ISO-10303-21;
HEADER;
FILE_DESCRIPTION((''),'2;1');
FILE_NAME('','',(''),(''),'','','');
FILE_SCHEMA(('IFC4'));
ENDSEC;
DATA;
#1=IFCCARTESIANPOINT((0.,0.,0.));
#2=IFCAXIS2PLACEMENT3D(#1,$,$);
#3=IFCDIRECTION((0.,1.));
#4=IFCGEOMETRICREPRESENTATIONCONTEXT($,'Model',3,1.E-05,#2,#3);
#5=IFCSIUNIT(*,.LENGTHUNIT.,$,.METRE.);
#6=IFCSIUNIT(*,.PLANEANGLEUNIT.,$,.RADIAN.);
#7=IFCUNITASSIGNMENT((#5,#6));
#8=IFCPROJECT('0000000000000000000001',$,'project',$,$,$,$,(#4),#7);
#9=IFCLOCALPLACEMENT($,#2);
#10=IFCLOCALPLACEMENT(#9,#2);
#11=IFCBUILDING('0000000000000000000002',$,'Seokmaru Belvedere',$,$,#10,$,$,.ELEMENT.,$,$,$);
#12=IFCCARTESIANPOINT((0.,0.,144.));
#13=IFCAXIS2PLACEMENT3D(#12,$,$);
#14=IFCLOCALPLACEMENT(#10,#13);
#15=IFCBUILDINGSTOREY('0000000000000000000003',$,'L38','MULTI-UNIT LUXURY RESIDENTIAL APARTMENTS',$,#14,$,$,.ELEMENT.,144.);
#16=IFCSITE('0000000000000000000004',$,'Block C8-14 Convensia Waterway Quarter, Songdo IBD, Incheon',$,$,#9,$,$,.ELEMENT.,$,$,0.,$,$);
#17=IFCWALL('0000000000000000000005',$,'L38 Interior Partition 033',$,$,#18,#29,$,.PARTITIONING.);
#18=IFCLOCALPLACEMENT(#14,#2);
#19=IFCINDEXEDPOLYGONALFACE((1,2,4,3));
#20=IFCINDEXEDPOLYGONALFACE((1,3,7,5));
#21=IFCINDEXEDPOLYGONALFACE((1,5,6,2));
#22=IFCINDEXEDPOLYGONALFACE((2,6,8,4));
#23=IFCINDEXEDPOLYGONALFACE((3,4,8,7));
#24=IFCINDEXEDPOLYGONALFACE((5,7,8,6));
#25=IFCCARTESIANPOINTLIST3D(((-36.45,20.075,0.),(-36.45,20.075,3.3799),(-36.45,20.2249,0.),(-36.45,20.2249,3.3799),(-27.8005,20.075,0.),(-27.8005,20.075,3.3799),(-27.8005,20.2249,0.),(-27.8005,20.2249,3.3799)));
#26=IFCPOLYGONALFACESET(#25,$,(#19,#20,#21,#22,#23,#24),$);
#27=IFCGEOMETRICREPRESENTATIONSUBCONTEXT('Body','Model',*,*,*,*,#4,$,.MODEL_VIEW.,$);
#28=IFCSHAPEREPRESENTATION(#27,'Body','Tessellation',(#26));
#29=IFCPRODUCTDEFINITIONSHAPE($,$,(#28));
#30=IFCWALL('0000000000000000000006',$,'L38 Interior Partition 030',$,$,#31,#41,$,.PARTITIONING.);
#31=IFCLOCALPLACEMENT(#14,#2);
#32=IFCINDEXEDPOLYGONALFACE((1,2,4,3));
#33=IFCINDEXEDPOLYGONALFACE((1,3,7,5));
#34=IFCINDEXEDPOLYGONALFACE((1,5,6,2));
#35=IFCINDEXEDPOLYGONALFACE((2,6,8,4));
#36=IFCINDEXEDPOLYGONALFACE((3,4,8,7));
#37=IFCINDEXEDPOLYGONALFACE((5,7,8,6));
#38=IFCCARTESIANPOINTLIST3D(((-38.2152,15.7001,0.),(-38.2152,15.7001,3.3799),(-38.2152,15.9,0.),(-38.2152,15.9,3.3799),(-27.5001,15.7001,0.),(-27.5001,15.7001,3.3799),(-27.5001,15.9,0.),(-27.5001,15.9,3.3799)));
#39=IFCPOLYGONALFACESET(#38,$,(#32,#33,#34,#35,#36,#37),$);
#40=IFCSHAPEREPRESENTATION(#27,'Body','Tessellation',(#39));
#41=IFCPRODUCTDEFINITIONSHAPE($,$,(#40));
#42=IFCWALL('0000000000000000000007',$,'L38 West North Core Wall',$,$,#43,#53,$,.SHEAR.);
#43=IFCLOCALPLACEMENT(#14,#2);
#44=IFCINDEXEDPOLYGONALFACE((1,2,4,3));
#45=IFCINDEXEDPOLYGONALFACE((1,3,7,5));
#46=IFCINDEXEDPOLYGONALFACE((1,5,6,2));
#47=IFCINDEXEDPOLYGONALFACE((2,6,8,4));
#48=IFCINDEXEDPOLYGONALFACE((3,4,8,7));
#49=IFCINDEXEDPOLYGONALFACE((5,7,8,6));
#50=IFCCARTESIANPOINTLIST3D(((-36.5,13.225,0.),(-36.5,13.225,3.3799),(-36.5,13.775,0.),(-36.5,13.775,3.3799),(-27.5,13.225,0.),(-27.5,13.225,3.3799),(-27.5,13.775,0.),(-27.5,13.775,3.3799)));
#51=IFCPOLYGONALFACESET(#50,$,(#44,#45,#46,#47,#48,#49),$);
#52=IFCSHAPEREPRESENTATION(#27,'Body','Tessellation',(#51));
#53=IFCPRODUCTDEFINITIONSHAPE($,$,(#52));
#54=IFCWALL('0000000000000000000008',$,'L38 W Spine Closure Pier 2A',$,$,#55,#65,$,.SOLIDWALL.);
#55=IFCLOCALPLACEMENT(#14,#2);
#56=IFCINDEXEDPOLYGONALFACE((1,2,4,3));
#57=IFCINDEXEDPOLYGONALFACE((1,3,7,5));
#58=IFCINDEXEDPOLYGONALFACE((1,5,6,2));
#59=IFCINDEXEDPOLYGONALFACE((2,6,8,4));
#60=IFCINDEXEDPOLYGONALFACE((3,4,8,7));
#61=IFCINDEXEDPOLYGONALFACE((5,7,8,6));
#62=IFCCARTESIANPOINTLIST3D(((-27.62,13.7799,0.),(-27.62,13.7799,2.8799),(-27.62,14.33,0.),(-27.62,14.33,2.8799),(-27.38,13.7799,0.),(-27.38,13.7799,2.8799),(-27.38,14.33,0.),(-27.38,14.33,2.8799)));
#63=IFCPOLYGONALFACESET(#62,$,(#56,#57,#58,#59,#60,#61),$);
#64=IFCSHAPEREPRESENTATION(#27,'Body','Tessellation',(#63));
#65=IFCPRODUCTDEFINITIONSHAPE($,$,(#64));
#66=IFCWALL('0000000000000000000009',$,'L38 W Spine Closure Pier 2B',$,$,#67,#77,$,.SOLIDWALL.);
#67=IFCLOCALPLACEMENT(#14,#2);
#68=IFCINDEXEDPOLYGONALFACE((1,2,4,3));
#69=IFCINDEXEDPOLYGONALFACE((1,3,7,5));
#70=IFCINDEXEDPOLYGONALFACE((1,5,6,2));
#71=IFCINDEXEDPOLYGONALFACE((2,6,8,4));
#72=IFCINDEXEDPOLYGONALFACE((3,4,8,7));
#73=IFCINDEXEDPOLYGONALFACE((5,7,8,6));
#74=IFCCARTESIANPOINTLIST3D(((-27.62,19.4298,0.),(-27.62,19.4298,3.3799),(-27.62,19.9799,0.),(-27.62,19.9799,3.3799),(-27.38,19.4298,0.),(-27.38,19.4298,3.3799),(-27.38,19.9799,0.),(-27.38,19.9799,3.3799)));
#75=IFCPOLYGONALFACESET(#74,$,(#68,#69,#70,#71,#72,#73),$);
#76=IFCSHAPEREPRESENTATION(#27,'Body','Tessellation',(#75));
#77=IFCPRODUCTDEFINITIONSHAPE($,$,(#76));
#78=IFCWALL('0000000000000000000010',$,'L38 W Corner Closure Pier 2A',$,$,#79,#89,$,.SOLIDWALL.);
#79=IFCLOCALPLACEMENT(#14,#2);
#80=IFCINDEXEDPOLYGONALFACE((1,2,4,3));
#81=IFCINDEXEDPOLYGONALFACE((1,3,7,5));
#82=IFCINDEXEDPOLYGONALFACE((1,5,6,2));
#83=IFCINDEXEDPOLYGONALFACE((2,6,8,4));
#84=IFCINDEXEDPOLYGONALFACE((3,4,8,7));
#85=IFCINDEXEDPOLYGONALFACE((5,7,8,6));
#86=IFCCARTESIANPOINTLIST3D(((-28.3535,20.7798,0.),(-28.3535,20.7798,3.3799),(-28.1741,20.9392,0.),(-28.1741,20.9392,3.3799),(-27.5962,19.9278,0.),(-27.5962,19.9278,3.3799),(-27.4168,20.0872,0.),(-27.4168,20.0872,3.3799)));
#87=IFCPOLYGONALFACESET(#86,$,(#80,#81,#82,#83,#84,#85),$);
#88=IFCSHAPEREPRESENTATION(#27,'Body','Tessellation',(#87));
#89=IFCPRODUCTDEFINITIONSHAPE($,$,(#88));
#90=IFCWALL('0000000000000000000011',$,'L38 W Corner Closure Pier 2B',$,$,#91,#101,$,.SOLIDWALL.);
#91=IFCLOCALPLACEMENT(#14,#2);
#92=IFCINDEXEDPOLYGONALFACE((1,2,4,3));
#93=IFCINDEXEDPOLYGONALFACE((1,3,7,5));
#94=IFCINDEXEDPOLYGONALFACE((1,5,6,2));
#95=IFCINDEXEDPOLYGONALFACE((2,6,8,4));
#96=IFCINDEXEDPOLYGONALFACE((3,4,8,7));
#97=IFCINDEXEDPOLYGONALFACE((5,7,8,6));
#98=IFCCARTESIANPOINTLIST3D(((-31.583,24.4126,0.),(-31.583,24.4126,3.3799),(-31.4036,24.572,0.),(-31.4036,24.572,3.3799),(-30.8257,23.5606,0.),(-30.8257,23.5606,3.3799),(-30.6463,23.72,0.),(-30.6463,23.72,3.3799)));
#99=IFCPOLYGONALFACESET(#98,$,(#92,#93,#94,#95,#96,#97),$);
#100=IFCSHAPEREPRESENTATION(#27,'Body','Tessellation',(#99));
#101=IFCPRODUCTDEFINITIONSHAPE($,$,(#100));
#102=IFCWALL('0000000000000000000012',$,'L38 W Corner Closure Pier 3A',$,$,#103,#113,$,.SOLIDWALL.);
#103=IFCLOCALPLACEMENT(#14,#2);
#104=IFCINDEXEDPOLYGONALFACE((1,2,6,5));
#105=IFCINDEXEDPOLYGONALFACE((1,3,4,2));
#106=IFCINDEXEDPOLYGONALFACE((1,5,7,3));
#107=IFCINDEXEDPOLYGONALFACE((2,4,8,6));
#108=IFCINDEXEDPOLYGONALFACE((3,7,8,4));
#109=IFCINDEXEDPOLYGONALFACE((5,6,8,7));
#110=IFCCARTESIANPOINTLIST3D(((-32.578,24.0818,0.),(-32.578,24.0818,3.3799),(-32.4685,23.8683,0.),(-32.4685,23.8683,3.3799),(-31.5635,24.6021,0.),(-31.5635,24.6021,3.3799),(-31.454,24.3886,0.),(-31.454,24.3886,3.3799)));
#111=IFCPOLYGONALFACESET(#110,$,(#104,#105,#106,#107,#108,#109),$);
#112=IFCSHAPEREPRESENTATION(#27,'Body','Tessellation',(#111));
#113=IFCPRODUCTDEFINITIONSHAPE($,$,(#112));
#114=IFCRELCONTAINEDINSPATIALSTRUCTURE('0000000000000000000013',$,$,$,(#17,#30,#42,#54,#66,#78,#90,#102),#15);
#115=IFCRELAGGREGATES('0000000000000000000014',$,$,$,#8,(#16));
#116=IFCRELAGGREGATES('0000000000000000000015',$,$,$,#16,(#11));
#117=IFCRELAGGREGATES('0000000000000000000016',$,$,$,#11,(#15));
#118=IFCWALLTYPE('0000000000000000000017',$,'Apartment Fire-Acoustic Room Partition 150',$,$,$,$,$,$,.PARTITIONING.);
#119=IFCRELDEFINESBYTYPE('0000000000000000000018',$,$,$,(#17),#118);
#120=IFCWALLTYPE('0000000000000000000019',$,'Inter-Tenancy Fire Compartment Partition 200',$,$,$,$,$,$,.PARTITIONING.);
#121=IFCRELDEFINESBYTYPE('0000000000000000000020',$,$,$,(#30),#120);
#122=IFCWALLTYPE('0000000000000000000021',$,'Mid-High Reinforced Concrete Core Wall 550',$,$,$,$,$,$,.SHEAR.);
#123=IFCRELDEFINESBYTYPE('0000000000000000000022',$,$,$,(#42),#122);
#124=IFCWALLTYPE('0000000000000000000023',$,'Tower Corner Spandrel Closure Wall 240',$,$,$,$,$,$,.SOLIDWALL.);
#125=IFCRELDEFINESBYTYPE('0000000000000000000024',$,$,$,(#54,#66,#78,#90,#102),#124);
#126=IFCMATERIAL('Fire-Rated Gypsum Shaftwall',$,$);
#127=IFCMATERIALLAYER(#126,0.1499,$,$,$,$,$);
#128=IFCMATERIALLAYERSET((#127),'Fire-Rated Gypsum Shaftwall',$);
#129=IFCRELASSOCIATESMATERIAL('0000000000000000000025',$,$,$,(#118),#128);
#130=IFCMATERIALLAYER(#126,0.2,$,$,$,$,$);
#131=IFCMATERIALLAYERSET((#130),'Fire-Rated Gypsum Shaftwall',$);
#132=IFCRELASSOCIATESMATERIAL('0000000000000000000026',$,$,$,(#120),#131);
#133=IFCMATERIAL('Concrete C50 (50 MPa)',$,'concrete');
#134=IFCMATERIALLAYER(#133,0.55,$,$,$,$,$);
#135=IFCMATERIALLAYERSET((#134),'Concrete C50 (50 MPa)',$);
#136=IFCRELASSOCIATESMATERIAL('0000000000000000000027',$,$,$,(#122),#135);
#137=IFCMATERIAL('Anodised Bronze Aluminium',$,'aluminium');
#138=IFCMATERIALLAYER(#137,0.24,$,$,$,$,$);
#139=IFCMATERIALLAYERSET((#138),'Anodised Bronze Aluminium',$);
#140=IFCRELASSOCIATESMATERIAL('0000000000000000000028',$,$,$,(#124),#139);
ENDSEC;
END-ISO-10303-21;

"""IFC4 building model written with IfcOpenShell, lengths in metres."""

from ifc_helpers import new_model, si_unit, direction, frame, frame_2d, origin, place, context, subcontext, project, spatial, rectangle, extrude, material, layer, layer_set, type_object, element, save


model = new_model("IFC4")

# Units and contexts
model_context = context("Model", 3, precision=1e-05, world=origin(), true_north=direction((0.0, 1.0)))
body_context = subcontext(model_context, "Body", "Model", "MODEL_VIEW")
ifc_project = project(units=[si_unit("LENGTHUNIT", "METRE"), si_unit("PLANEANGLEUNIT", "RADIAN")], contexts=[model_context])

# Site, building, storey
site_placement = place(None, origin())
site = spatial("IfcSite", under=ifc_project, at=site_placement, Name="Block C8-14 Convensia Waterway Quarter, Songdo IBD, Incheon", CompositionType="ELEMENT", RefElevation=0.0)
building_placement = place(site_placement, origin())
building = spatial("IfcBuilding", under=site, at=building_placement, Name="Seokmaru Belvedere", CompositionType="ELEMENT")
storey_placement = place(building_placement, frame((0.0, 0.0, 144.0)))
storey = spatial("IfcBuildingStorey", under=building, at=storey_placement, Name="L38", Description="MULTI-UNIT LUXURY RESIDENTIAL APARTMENTS", CompositionType="ELEMENT", Elevation=144.0)

# Shared definitions
ifc_material_1 = material(Name="Anodised Bronze Aluminium", Category="aluminium")

# Walls
ifc_material_2 = material(Name="Fire-Rated Gypsum Shaftwall")
ifc_layer_1 = layer(ifc_material_2, 0.1499)
ifc_layer_set_1 = layer_set([ifc_layer_1], Name="Fire-Rated Gypsum Shaftwall")
wall_type_1 = type_object("IfcWallType", Name="Apartment Fire-Acoustic Room Partition 150", PredefinedType="PARTITIONING", material=ifc_layer_set_1)
wall_1_placement = place(storey_placement, frame((-36.45, 20.1499, 0.0), z_axis=(0.0, 0.0, 1.0), x_axis=(1.0, 0.0, 0.0)))
element("IfcWall", 1, at=wall_1_placement, inside=storey, type_object=wall_type_1, Name="L38 Interior Partition 033", PredefinedType="PARTITIONING", context=body_context, shape_type="SweptSolid", body=[
    extrude(rectangle(XDim=8.6494, YDim=0.1499, at=frame_2d((4.3247, 0.0))), origin(), (0.0, 0.0, 1.0), 3.3799),
])
ifc_layer_2 = layer(ifc_material_2, 0.2)
ifc_layer_set_2 = layer_set([ifc_layer_2], Name="Fire-Rated Gypsum Shaftwall")
wall_type_2 = type_object("IfcWallType", Name="Inter-Tenancy Fire Compartment Partition 200", PredefinedType="PARTITIONING", material=ifc_layer_set_2)
wall_2_placement = place(storey_placement, frame((-38.2151, 15.8, 0.0), z_axis=(0.0, 0.0, 1.0), x_axis=(1.0, 0.0, 0.0)))
element("IfcWall", 2, at=wall_2_placement, inside=storey, type_object=wall_type_2, Name="L38 Interior Partition 030", PredefinedType="PARTITIONING", context=body_context, shape_type="SweptSolid", body=[
    extrude(rectangle(XDim=10.7151, YDim=0.2, at=frame_2d((5.3574, 0.0))), origin(), (0.0, 0.0, 1.0), 3.3799),
])
ifc_material_3 = material(Name="Concrete C50 (50 MPa)", Category="concrete")
ifc_layer_3 = layer(ifc_material_3, 0.55)
ifc_layer_set_3 = layer_set([ifc_layer_3], Name="Concrete C50 (50 MPa)")
wall_type_3 = type_object("IfcWallType", Name="Mid-High Reinforced Concrete Core Wall 550", PredefinedType="SHEAR", material=ifc_layer_set_3)
wall_3_placement = place(storey_placement, frame((-36.5, 13.5, 0.0), z_axis=(0.0, 0.0, 1.0), x_axis=(1.0, 0.0, 0.0)))
element("IfcWall", 3, at=wall_3_placement, inside=storey, type_object=wall_type_3, Name="L38 West North Core Wall", PredefinedType="SHEAR", context=body_context, shape_type="SweptSolid", body=[
    extrude(rectangle(XDim=9.0, YDim=0.55, at=frame_2d((4.5, 0.0))), origin(), (0.0, 0.0, 1.0), 3.3799),
])

# Walls
ifc_layer_4 = layer(ifc_material_1, 0.24)
ifc_layer_set_4 = layer_set([ifc_layer_4], Name="Anodised Bronze Aluminium")
wall_type_4 = type_object("IfcWallType", Name="Tower Corner Spandrel Closure Wall 240", PredefinedType="SOLIDWALL", material=ifc_layer_set_4)
wall_4_placement = place(storey_placement, frame((-27.5, 13.78, 0.0), z_axis=(0.0, 0.0, 1.0), x_axis=(0.0, 1.0, 0.0)))
element("IfcWall", 4, at=wall_4_placement, inside=storey, type_object=wall_type_4, Name="L38 W Spine Closure Pier 2A", PredefinedType="SOLIDWALL", context=body_context, shape_type="SweptSolid", body=[
    extrude(rectangle(XDim=0.55, YDim=0.24, at=frame_2d((0.2749, 0.0))), origin(), (0.0, 0.0, 1.0), 2.8799),
])
wall_5_placement = place(storey_placement, frame((-27.5, 19.4299, 0.0), z_axis=(0.0, 0.0, 1.0), x_axis=(0.0, 1.0, 0.0)))
element("IfcWall", 5, at=wall_5_placement, inside=storey, type_object=wall_type_4, Name="L38 W Spine Closure Pier 2B", PredefinedType="SOLIDWALL", context=body_context, shape_type="SweptSolid", body=[
    extrude(rectangle(XDim=0.55, YDim=0.24, at=frame_2d((0.2749, 0.0))), origin(), (0.0, 0.0, 1.0), 3.3799),
])
for number, where, z_axis, x_axis, name in (
    (6, (-27.5066, 20.0076, 0.0), (0.0, 0.0, 1.0), (-0.664337, 0.747433, 0.0), "L38 W Corner Closure Pier 2A"),
    (7, (-30.7361, 23.6404, 0.0), (0.0, 0.0, 1.0), (-0.664337, 0.747433, 0.0), "L38 W Corner Closure Pier 2B"),
):
    element("IfcWall", number, at=place(storey_placement, frame(where, z_axis=z_axis, x_axis=x_axis)), inside=storey, type_object=wall_type_4, Name=name, PredefinedType="SOLIDWALL", context=body_context, shape_type="SweptSolid", body=[
        extrude(rectangle(XDim=1.1399, YDim=0.24, at=frame_2d((0.5698, 0.0))), origin(), (0.0, 0.0, 1.0), 3.3799),
    ])
wall_6_placement = place(storey_placement, frame((-31.5088, 24.4954, 0.0), z_axis=(0.0, 0.0, 1.0), x_axis=(-0.889797, -0.456356, 0.0)))
element("IfcWall", 8, at=wall_6_placement, inside=storey, type_object=wall_type_4, Name="L38 W Corner Closure Pier 3A", PredefinedType="SOLIDWALL", context=body_context, shape_type="SweptSolid", body=[
    extrude(rectangle(XDim=1.1401, YDim=0.24, at=frame_2d((0.5701, 0.0))), origin(), (0.0, 0.0, 1.0), 3.3799),
])

save(model, "model.ifc")
